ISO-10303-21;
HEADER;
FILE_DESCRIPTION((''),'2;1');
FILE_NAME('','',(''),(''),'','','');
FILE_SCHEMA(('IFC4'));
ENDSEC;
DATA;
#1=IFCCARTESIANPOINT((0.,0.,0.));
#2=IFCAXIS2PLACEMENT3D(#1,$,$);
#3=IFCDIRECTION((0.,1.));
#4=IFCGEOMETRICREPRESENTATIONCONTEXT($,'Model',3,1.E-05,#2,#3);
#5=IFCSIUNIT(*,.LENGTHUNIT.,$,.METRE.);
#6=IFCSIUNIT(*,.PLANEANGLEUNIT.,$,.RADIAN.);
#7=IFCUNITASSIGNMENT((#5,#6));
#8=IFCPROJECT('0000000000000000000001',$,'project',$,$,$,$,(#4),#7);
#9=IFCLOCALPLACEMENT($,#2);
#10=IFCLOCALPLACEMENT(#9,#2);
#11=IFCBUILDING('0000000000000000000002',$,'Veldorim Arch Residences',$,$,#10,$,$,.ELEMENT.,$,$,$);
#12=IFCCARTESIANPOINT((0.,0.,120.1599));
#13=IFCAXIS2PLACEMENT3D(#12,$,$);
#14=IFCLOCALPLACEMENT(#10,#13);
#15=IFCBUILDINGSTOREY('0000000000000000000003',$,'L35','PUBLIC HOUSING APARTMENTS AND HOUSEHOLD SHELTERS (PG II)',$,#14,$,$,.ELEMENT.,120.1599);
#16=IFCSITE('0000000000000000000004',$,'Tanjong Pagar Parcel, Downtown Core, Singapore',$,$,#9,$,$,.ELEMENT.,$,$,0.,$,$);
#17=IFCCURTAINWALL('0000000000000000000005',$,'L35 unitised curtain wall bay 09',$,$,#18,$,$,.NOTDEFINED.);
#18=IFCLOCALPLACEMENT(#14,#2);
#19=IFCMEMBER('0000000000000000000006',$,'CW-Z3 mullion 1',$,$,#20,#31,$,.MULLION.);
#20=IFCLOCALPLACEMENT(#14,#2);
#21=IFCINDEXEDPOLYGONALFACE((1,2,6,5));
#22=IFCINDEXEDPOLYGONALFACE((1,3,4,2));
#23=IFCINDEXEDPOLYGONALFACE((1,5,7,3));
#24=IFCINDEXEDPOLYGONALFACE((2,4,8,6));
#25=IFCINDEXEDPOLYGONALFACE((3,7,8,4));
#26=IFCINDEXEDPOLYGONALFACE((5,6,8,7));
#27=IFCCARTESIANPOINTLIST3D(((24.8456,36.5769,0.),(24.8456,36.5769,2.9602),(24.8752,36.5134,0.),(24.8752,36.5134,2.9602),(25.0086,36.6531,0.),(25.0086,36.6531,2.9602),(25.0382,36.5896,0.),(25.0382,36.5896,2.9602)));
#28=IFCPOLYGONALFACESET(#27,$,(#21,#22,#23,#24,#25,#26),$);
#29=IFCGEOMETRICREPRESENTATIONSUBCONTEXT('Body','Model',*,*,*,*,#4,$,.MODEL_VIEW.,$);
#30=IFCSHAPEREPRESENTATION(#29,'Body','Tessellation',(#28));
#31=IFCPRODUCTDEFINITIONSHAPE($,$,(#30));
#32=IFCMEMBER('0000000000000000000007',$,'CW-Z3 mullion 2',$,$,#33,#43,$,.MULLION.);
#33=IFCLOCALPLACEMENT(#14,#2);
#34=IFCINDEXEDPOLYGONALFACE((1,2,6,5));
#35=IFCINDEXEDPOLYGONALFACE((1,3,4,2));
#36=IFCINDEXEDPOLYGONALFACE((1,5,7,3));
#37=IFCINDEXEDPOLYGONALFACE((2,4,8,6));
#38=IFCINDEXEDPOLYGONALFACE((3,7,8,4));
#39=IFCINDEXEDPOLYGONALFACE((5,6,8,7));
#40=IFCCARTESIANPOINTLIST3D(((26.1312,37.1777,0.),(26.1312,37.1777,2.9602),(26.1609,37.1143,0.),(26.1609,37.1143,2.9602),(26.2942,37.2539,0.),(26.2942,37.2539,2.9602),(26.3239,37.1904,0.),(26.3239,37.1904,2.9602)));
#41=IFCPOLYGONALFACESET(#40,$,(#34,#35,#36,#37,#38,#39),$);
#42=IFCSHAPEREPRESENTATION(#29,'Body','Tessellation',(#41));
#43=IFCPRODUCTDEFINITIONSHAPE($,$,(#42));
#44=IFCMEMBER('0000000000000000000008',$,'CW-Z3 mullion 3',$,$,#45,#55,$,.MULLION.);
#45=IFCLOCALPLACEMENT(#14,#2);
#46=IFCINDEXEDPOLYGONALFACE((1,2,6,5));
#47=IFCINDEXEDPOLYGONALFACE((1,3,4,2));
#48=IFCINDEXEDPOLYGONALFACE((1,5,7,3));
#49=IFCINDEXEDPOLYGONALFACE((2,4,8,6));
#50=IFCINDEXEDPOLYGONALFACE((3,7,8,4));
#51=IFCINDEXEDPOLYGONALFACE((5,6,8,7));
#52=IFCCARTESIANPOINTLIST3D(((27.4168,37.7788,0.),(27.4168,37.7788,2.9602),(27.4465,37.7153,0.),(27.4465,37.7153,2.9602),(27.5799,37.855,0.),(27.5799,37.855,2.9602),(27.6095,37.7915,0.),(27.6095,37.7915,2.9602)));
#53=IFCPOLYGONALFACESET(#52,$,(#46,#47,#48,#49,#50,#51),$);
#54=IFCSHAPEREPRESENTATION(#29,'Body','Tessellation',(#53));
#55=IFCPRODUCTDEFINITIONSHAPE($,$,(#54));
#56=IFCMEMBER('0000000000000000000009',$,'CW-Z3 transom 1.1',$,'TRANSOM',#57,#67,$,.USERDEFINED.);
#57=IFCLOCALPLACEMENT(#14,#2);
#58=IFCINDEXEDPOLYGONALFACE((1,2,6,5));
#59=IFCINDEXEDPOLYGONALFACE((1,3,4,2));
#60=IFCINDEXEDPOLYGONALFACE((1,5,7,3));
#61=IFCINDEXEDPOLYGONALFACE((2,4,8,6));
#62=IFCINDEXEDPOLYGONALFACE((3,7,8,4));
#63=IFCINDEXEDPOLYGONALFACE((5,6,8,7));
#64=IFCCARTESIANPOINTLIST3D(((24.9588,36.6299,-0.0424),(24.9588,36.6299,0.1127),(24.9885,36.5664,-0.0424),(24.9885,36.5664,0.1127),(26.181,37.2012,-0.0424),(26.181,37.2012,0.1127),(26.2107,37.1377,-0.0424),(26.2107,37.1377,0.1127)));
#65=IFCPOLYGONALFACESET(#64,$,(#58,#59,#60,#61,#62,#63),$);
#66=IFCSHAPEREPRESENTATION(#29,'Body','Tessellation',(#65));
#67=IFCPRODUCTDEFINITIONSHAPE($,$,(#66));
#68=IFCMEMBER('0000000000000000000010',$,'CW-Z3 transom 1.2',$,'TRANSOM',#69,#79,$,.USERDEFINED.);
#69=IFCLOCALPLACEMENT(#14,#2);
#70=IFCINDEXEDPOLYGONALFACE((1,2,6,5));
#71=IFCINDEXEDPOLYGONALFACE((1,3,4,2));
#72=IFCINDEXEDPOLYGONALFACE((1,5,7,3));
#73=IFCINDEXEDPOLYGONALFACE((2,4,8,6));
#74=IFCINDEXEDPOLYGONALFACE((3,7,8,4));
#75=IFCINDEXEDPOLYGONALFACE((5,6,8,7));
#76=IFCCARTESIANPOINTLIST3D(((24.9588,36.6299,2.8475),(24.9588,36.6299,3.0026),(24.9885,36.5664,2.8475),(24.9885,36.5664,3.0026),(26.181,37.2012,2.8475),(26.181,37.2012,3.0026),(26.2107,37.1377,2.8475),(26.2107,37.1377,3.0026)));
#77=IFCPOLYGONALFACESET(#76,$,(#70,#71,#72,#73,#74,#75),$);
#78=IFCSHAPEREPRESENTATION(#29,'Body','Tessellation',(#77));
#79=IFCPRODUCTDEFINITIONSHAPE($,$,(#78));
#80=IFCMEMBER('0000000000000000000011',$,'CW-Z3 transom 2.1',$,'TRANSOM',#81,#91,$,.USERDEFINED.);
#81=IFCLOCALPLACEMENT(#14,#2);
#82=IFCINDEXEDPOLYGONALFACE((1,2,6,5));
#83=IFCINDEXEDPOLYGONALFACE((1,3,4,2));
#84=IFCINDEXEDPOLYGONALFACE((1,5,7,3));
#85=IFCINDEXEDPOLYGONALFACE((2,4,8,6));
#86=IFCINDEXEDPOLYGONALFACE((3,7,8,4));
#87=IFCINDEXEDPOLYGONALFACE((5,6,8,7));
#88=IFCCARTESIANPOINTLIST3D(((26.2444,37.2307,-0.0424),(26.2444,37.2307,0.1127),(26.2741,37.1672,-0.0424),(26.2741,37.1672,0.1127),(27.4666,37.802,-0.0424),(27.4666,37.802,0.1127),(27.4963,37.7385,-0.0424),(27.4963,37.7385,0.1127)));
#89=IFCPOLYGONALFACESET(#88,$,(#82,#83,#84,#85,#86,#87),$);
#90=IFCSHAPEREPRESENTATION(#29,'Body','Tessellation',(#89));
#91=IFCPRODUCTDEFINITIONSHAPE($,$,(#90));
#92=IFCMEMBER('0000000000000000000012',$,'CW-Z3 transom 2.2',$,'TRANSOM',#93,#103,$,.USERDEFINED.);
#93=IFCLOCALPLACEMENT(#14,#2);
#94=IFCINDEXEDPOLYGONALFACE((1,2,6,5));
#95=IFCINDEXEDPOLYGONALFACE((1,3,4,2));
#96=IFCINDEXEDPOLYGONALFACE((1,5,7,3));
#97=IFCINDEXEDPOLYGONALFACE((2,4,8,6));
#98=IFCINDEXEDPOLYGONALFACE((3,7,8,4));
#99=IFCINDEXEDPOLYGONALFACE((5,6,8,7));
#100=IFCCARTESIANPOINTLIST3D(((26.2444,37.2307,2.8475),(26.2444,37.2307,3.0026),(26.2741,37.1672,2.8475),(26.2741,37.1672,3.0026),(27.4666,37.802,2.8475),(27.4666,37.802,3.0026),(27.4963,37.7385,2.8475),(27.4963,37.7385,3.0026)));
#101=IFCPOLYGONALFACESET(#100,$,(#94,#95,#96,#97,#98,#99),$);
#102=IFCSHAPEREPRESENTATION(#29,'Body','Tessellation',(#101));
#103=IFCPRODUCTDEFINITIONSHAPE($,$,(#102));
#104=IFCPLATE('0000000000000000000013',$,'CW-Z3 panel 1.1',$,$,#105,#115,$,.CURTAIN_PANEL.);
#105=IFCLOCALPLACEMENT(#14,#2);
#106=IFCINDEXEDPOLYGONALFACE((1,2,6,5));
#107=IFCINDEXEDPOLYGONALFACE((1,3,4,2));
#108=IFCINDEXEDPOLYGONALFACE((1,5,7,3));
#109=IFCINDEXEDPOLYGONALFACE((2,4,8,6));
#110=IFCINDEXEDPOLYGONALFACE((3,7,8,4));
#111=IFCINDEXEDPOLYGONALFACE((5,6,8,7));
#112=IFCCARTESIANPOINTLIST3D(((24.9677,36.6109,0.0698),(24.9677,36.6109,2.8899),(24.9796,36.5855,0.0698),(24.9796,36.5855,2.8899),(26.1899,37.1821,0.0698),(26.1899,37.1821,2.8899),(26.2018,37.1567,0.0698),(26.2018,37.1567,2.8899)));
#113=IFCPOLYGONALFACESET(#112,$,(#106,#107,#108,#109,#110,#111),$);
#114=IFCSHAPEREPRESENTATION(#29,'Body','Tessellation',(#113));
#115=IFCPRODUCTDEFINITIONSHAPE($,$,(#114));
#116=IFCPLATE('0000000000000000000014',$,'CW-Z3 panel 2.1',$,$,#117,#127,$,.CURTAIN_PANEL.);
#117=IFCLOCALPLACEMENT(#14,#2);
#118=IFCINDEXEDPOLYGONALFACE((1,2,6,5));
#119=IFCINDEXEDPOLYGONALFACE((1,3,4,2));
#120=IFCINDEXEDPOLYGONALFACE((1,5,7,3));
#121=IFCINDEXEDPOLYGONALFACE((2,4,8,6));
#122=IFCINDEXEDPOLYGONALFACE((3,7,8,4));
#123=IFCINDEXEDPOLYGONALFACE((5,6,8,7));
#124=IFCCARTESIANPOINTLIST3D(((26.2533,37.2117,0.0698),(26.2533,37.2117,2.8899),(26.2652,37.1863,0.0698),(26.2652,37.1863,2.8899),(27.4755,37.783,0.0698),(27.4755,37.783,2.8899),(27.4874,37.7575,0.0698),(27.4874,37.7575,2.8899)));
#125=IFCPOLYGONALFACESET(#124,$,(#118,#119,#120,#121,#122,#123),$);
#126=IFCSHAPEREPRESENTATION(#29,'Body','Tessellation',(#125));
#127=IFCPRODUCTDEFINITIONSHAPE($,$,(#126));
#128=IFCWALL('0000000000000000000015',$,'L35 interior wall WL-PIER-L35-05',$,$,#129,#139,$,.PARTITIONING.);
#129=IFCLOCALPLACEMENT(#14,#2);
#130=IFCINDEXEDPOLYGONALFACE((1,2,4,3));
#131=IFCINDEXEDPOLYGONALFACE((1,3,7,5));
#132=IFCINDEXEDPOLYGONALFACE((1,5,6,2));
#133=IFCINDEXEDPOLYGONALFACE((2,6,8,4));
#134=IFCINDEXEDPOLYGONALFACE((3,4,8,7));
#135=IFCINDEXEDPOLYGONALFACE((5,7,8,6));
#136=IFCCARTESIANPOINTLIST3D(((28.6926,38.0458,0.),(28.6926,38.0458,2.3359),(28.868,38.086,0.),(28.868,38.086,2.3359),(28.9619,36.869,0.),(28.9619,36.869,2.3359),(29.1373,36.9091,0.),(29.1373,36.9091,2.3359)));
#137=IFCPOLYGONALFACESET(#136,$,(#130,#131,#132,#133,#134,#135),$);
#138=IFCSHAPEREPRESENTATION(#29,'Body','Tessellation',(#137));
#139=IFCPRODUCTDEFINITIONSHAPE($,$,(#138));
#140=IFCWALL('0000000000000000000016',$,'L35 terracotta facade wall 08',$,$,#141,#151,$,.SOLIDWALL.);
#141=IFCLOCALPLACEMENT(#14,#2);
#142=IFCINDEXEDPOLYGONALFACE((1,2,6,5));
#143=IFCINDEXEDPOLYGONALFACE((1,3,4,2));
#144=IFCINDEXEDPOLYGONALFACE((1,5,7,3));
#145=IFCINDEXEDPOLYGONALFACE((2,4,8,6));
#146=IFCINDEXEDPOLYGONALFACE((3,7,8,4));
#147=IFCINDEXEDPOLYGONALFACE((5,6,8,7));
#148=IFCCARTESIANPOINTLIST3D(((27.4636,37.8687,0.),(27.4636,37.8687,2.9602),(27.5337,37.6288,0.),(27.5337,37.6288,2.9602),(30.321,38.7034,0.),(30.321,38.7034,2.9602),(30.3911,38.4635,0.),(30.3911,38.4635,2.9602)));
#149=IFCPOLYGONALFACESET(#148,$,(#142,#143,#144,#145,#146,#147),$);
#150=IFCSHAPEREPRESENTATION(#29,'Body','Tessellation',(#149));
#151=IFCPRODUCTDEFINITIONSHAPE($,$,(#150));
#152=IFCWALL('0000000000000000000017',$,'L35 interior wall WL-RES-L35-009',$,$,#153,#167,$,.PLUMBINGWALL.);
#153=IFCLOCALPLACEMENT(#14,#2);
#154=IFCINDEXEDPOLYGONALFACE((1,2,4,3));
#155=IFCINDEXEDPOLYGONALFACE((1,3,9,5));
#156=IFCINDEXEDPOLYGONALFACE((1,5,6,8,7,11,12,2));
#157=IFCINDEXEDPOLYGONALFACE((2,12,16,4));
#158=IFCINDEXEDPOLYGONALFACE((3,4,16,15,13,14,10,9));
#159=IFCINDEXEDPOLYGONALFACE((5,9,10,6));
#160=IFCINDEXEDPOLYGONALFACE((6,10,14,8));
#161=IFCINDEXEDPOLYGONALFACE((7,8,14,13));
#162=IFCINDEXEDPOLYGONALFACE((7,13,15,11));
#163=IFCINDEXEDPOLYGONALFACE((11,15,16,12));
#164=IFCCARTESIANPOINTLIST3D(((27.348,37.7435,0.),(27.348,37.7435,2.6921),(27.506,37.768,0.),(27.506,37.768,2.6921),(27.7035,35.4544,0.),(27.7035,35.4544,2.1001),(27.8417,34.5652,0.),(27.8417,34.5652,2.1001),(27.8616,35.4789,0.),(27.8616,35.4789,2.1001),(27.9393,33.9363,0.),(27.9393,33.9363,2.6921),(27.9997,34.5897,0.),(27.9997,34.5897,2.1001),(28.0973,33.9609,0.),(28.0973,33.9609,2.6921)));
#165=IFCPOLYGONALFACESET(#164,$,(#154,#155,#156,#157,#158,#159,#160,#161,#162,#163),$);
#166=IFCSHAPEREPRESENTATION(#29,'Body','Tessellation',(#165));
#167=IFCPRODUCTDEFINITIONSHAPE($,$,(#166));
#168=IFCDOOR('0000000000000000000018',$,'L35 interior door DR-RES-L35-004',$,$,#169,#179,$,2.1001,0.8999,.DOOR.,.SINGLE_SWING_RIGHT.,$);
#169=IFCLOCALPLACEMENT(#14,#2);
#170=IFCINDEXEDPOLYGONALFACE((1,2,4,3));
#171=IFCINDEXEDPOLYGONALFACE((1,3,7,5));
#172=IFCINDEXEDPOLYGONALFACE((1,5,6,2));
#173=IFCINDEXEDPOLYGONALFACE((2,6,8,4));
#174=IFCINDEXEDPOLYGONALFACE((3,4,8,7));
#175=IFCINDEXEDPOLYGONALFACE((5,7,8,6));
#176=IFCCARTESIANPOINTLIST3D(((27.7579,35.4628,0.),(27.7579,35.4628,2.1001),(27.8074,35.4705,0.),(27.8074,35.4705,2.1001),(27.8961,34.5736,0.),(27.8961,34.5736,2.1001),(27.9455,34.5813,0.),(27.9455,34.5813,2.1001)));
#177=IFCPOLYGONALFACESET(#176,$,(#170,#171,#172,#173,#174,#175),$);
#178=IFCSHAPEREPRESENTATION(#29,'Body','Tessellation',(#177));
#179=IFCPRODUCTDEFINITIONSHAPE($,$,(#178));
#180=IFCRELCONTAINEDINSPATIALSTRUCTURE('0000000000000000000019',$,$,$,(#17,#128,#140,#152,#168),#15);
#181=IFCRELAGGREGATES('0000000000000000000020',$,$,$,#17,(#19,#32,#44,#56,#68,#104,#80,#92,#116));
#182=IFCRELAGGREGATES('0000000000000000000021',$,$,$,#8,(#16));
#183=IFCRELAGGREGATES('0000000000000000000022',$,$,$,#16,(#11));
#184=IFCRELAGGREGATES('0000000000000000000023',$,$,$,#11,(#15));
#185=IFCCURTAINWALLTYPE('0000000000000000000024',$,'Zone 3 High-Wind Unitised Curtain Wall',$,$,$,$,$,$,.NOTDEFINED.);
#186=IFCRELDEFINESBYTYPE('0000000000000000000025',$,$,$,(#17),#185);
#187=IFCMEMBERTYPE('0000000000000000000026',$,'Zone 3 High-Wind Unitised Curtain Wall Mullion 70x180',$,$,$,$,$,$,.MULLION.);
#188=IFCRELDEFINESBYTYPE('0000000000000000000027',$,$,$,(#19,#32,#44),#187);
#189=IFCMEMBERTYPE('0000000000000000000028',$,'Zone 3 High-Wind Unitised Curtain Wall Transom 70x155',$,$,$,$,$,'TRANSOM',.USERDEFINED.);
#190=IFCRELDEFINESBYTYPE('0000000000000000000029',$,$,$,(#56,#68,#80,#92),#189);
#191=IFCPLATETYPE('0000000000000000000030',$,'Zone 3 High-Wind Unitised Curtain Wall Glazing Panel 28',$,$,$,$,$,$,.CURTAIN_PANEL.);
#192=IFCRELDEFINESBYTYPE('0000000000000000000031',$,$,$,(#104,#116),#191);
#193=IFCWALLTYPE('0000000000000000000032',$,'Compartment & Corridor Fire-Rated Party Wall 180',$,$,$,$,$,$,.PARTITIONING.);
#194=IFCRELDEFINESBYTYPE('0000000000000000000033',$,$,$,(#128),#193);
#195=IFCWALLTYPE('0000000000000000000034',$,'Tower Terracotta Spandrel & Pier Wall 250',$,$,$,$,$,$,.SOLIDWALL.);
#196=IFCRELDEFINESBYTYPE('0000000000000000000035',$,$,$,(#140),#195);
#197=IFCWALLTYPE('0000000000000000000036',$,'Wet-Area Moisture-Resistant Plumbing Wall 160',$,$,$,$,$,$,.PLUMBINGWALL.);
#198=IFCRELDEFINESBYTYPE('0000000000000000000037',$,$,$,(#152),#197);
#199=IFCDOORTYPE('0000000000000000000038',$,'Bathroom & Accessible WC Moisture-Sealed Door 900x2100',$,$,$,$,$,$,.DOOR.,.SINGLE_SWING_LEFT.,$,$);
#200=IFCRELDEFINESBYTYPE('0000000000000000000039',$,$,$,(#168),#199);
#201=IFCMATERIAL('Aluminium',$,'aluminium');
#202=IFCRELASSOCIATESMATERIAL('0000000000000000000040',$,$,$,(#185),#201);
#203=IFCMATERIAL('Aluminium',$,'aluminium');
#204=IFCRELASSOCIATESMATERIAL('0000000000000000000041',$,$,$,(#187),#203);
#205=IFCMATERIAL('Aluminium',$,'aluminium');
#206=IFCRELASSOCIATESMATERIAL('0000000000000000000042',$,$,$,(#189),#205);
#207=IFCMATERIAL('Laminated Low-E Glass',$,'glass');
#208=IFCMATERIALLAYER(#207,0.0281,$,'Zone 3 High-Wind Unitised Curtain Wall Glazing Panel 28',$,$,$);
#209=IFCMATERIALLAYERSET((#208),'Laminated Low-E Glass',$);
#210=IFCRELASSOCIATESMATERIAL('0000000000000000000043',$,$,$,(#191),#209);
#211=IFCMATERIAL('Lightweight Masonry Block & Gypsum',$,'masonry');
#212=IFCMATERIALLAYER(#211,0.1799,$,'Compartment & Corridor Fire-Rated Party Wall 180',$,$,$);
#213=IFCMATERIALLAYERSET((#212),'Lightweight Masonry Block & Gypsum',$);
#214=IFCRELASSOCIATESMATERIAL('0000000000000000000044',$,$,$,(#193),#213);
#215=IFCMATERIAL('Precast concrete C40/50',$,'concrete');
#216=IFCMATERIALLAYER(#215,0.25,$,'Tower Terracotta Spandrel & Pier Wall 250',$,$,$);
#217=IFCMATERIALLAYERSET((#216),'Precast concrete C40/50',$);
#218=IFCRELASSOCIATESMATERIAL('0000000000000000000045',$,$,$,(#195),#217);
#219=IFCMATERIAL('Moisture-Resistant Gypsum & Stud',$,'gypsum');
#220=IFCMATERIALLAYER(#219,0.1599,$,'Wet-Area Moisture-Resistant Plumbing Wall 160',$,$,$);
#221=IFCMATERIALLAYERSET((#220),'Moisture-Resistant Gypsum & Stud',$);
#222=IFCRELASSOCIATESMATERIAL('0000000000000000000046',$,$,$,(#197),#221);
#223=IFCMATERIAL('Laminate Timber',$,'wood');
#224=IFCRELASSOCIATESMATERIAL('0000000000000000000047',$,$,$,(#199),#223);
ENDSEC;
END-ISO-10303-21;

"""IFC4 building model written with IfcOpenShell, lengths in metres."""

from ifc_helpers import new_model, si_unit, direction, frame, frame_2d, origin, origin_2d, place, context, subcontext, project, spatial, rectangle, extrude, material, layer, layer_set, material_profile, profile_set, type_object, element, fill, aggregate, save


model = new_model("IFC4")

# Units and contexts
model_context = context("Model", 3, precision=1e-05, world=origin(), true_north=direction((0.0, 1.0)))
body_context = subcontext(model_context, "Body", "Model", "MODEL_VIEW")
ifc_project = project(units=[si_unit("LENGTHUNIT", "METRE"), si_unit("PLANEANGLEUNIT", "RADIAN")], contexts=[model_context])

# Site, building, storey
site_placement = place(None, origin())
site = spatial("IfcSite", under=ifc_project, at=site_placement, Name="Tanjong Pagar Parcel, Downtown Core, Singapore", CompositionType="ELEMENT", RefElevation=0.0)
building_placement = place(site_placement, origin())
building = spatial("IfcBuilding", under=site, at=building_placement, Name="Veldorim Arch Residences", CompositionType="ELEMENT")
storey_placement = place(building_placement, frame((0.0, 0.0, 120.1599)))
storey = spatial("IfcBuildingStorey", under=building, at=storey_placement, Name="L35", Description="PUBLIC HOUSING APARTMENTS AND HOUSEHOLD SHELTERS (PG II)", CompositionType="ELEMENT", Elevation=120.1599)

# Curtain wall, members, plates
ifc_material_1 = material(Name="Aluminium", Category="aluminium")
curtain_wall_type = type_object("IfcCurtainWallType", Name="Zone 3 High-Wind Unitised Curtain Wall", PredefinedType="NOTDEFINED", material=ifc_material_1)
curtain_wall_placement = place(storey_placement, origin())
curtain_wall = element("IfcCurtainWall", 1, at=curtain_wall_placement, inside=storey, type_object=curtain_wall_type, Name="L35 unitised curtain wall bay 09", PredefinedType="NOTDEFINED")
ifc_material_2 = material(Name="Aluminium", Category="aluminium")
ifc_material_profile_1 = material_profile(ifc_material_2, rectangle(XDim=0.0701, YDim=0.1799, at=origin_2d()), Name="ALU_MUL_70x180")
ifc_profile_set_1 = profile_set([ifc_material_profile_1], Name="Aluminium")
member_type_1 = type_object("IfcMemberType", Name="Zone 3 High-Wind Unitised Curtain Wall Mullion 70x180", PredefinedType="MULLION", material=ifc_profile_set_1)
member_1_placement = place(storey_placement, frame((24.9419, 36.5833, 0.0), z_axis=(0.0, 0.0, 1.0), x_axis=(-0.423414, 0.905936, 0.0)))
member_1 = element("IfcMember", 2, at=member_1_placement, type_object=member_type_1, Name="CW-Z3 mullion 1", PredefinedType="MULLION", context=body_context, shape_type="SweptSolid", body=[
    extrude(rectangle(XDim=0.0701, YDim=0.1799, at=origin_2d()), origin(), (0.0, 0.0, 1.0), 2.9602),
])
member_2_placement = place(storey_placement, frame((26.2275, 37.1841, 0.0), z_axis=(0.0, 0.0, 1.0), x_axis=(-0.423414, 0.905936, 0.0)))
member_2 = element("IfcMember", 3, at=member_2_placement, type_object=member_type_1, Name="CW-Z3 mullion 2", PredefinedType="MULLION", context=body_context, shape_type="SweptSolid", body=[
    extrude(rectangle(XDim=0.0701, YDim=0.1799, at=origin_2d()), origin(), (0.0, 0.0, 1.0), 2.9602),
])
member_3_placement = place(storey_placement, frame((27.5132, 37.7852, 0.0), z_axis=(0.0, 0.0, 1.0), x_axis=(-0.423414, 0.905936, 0.0)))
member_3 = element("IfcMember", 4, at=member_3_placement, type_object=member_type_1, Name="CW-Z3 mullion 3", PredefinedType="MULLION", context=body_context, shape_type="SweptSolid", body=[
    extrude(rectangle(XDim=0.0701, YDim=0.1799, at=origin_2d()), origin(), (0.0, 0.0, 1.0), 2.9602),
])
ifc_material_3 = material(Name="Aluminium", Category="aluminium")
ifc_material_profile_2 = material_profile(ifc_material_3, rectangle(XDim=0.0701, YDim=0.155, at=origin_2d()), Name="ALU_TRN_70x155")
ifc_profile_set_2 = profile_set([ifc_material_profile_2], Name="Aluminium")
member_type_2 = type_object("IfcMemberType", Name="Zone 3 High-Wind Unitised Curtain Wall Transom 70x155", ElementType="TRANSOM", PredefinedType="USERDEFINED", material=ifc_profile_set_2)
member_4_placement = place(storey_placement, frame((24.9736, 36.5981, 0.0352), z_axis=(0.905915, 0.42346, 0.0), x_axis=(-0.42346, 0.905915, 0.0)))
member_4 = element("IfcMember", 5, at=member_4_placement, type_object=member_type_2, Name="CW-Z3 transom 1.1", ObjectType="TRANSOM", PredefinedType="USERDEFINED", context=body_context, shape_type="SweptSolid", body=[
    extrude(rectangle(XDim=0.0701, YDim=0.155, at=origin_2d()), origin(), (0.0, 0.0, 1.0), 1.3491),
])
member_5_placement = place(storey_placement, frame((24.9736, 36.5981, 2.925), z_axis=(0.905915, 0.42346, 0.0), x_axis=(-0.42346, 0.905915, 0.0)))
member_5 = element("IfcMember", 6, at=member_5_placement, type_object=member_type_2, Name="CW-Z3 transom 1.2", ObjectType="TRANSOM", PredefinedType="USERDEFINED", context=body_context, shape_type="SweptSolid", body=[
    extrude(rectangle(XDim=0.0701, YDim=0.155, at=origin_2d()), origin(), (0.0, 0.0, 1.0), 1.3491),
])
member_6_placement = place(storey_placement, frame((26.2593, 37.199, 0.0352), z_axis=(0.905915, 0.42346, 0.0), x_axis=(-0.42346, 0.905915, 0.0)))
member_6 = element("IfcMember", 7, at=member_6_placement, type_object=member_type_2, Name="CW-Z3 transom 2.1", ObjectType="TRANSOM", PredefinedType="USERDEFINED", context=body_context, shape_type="SweptSolid", body=[
    extrude(rectangle(XDim=0.0701, YDim=0.155, at=origin_2d()), origin(), (0.0, 0.0, 1.0), 1.3491),
])
member_7_placement = place(storey_placement, frame((26.2593, 37.199, 2.925), z_axis=(0.905915, 0.42346, 0.0), x_axis=(-0.42346, 0.905915, 0.0)))
member_7 = element("IfcMember", 8, at=member_7_placement, type_object=member_type_2, Name="CW-Z3 transom 2.2", ObjectType="TRANSOM", PredefinedType="USERDEFINED", context=body_context, shape_type="SweptSolid", body=[
    extrude(rectangle(XDim=0.0701, YDim=0.155, at=origin_2d()), origin(), (0.0, 0.0, 1.0), 1.3491),
])
ifc_material_4 = material(Name="Laminated Low-E Glass", Category="glass")
ifc_layer_1 = layer(ifc_material_4, 0.0281, Name="Zone 3 High-Wind Unitised Curtain Wall Glazing Panel 28")
ifc_layer_set_1 = layer_set([ifc_layer_1], Name="Laminated Low-E Glass")
plate_type = type_object("IfcPlateType", Name="Zone 3 High-Wind Unitised Curtain Wall Glazing Panel 28", PredefinedType="CURTAIN_PANEL", material=ifc_layer_set_1)
plate_1_placement = place(storey_placement, frame((25.5847, 36.8838, 0.0698), z_axis=(0.0, 0.0, 1.0), x_axis=(0.905936, 0.423414, 0.0)))
plate_1 = element("IfcPlate", 9, at=plate_1_placement, type_object=plate_type, Name="CW-Z3 panel 1.1", PredefinedType="CURTAIN_PANEL", context=body_context, shape_type="SweptSolid", body=[
    extrude(rectangle(XDim=1.3491, YDim=0.0281, at=origin_2d()), origin(), (0.0, 0.0, 1.0), 2.8201),
])
plate_2_placement = place(storey_placement, frame((26.8704, 37.4846, 0.0698), z_axis=(0.0, 0.0, 1.0), x_axis=(0.905936, 0.423414, 0.0)))
plate_2 = element("IfcPlate", 10, at=plate_2_placement, type_object=plate_type, Name="CW-Z3 panel 2.1", PredefinedType="CURTAIN_PANEL", context=body_context, shape_type="SweptSolid", body=[
    extrude(rectangle(XDim=1.3491, YDim=0.0281, at=origin_2d()), origin(), (0.0, 0.0, 1.0), 2.8201),
])
aggregate(curtain_wall, [member_1, member_2, member_3, member_4, member_5, plate_1, member_6, member_7, plate_2])

# Walls
ifc_material_5 = material(Name="Lightweight Masonry Block & Gypsum", Category="masonry")
ifc_layer_2 = layer(ifc_material_5, 0.1799, Name="Compartment & Corridor Fire-Rated Party Wall 180")
ifc_layer_set_2 = layer_set([ifc_layer_2], Name="Lightweight Masonry Block & Gypsum")
wall_type_1 = type_object("IfcWallType", Name="Compartment & Corridor Fire-Rated Party Wall 180", PredefinedType="PARTITIONING", material=ifc_layer_set_2)
wall_1_placement = place(storey_placement, frame((29.0496, 36.8892, 0.0), z_axis=(0.0, 0.0, 1.0), x_axis=(-0.223072, 0.974802, 0.0)))
element("IfcWall", 11, at=wall_1_placement, inside=storey, type_object=wall_type_1, Name="L35 interior wall WL-PIER-L35-05", PredefinedType="PARTITIONING", context=body_context, shape_type="SweptSolid", body=[
    extrude(rectangle(XDim=1.2073, YDim=0.1799, at=frame_2d((0.6035, 0.0))), origin(), (0.0, 0.0, 1.0), 2.3359),
])
ifc_material_6 = material(Name="Precast concrete C40/50", Category="concrete")
ifc_layer_3 = layer(ifc_material_6, 0.25, Name="Tower Terracotta Spandrel & Pier Wall 250")
ifc_layer_set_3 = layer_set([ifc_layer_3], Name="Precast concrete C40/50")
wall_type_2 = type_object("IfcWallType", Name="Tower Terracotta Spandrel & Pier Wall 250", PredefinedType="SOLIDWALL", material=ifc_layer_set_3)
wall_2_placement = place(storey_placement, frame((27.4988, 37.7488, 0.0), z_axis=(0.0, 0.0, 1.0), x_axis=(0.959882, 0.280403, 0.0)))
element("IfcWall", 12, at=wall_2_placement, inside=storey, type_object=wall_type_2, Name="L35 terracotta facade wall 08", PredefinedType="SOLIDWALL", context=body_context, shape_type="SweptSolid", body=[
    extrude(rectangle(XDim=2.9768, YDim=0.25, at=frame_2d((1.4883, 0.0))), origin(), (0.0, 0.0, 1.0), 2.9602),
])

# Wall, opening, door
ifc_material_7 = material(Name="Moisture-Resistant Gypsum & Stud", Category="gypsum")
ifc_layer_4 = layer(ifc_material_7, 0.1599, Name="Wet-Area Moisture-Resistant Plumbing Wall 160")
ifc_layer_set_4 = layer_set([ifc_layer_4], Name="Moisture-Resistant Gypsum & Stud")
wall_type_3 = type_object("IfcWallType", Name="Wet-Area Moisture-Resistant Plumbing Wall 160", PredefinedType="PLUMBINGWALL", material=ifc_layer_set_4)
wall_3_placement = place(storey_placement, frame((28.0183, 33.9487, 0.0), z_axis=(0.0, 0.0, 1.0), x_axis=(-0.153476, 0.988152, 0.0)))
wall_3 = element("IfcWall", 13, at=wall_3_placement, inside=storey, type_object=wall_type_3, Name="L35 interior wall WL-RES-L35-009", PredefinedType="PLUMBINGWALL", context=body_context, shape_type="SweptSolid", body=[
    extrude(rectangle(XDim=3.8528, YDim=0.1599, at=frame_2d((1.9263, 0.0))), origin(), (0.0, 0.0, 1.0), 2.6921),
])
opening_placement = place(wall_3_placement, frame((0.6362, 0.0, 0.0)))
opening = element("IfcOpeningElement", 14, at=opening_placement, cuts=wall_3, PredefinedType="OPENING", context=body_context, shape_type="SweptSolid", body=[
    extrude(rectangle(XDim=0.8999, YDim=2.1001, at=frame_2d((0.45, 1.05))), frame((0.0, 0.0898, 0.0), z_axis=(0.0, -1.0, 0.0), x_axis=(1.0, 0.0, 0.0)), (0.0, 0.0, 1.0), 0.1799),
])
ifc_material_8 = material(Name="Laminate Timber", Category="wood")
door_type = type_object("IfcDoorType", Name="Bathroom & Accessible WC Moisture-Sealed Door 900x2100", OperationType="SINGLE_SWING_LEFT", PredefinedType="DOOR", material=ifc_material_8)
door_placement = place(opening_placement, origin())
door = element("IfcDoor", 15, at=door_placement, inside=storey, type_object=door_type, Name="L35 interior door DR-RES-L35-004", OperationType="SINGLE_SWING_RIGHT", OverallHeight=2.1001, OverallWidth=0.8999, PredefinedType="DOOR", context=body_context, shape_type="SweptSolid", body=[
    extrude(rectangle(XDim=0.8999, YDim=2.1001, at=frame_2d((0.45, 1.05))), frame((0.0, 0.0249, 0.0), z_axis=(0.0, -1.0, 0.0), x_axis=(1.0, 0.0, 0.0)), (0.0, 0.0, 1.0), 0.05),
])
fill(opening, door)

save(model, "model.ifc")
